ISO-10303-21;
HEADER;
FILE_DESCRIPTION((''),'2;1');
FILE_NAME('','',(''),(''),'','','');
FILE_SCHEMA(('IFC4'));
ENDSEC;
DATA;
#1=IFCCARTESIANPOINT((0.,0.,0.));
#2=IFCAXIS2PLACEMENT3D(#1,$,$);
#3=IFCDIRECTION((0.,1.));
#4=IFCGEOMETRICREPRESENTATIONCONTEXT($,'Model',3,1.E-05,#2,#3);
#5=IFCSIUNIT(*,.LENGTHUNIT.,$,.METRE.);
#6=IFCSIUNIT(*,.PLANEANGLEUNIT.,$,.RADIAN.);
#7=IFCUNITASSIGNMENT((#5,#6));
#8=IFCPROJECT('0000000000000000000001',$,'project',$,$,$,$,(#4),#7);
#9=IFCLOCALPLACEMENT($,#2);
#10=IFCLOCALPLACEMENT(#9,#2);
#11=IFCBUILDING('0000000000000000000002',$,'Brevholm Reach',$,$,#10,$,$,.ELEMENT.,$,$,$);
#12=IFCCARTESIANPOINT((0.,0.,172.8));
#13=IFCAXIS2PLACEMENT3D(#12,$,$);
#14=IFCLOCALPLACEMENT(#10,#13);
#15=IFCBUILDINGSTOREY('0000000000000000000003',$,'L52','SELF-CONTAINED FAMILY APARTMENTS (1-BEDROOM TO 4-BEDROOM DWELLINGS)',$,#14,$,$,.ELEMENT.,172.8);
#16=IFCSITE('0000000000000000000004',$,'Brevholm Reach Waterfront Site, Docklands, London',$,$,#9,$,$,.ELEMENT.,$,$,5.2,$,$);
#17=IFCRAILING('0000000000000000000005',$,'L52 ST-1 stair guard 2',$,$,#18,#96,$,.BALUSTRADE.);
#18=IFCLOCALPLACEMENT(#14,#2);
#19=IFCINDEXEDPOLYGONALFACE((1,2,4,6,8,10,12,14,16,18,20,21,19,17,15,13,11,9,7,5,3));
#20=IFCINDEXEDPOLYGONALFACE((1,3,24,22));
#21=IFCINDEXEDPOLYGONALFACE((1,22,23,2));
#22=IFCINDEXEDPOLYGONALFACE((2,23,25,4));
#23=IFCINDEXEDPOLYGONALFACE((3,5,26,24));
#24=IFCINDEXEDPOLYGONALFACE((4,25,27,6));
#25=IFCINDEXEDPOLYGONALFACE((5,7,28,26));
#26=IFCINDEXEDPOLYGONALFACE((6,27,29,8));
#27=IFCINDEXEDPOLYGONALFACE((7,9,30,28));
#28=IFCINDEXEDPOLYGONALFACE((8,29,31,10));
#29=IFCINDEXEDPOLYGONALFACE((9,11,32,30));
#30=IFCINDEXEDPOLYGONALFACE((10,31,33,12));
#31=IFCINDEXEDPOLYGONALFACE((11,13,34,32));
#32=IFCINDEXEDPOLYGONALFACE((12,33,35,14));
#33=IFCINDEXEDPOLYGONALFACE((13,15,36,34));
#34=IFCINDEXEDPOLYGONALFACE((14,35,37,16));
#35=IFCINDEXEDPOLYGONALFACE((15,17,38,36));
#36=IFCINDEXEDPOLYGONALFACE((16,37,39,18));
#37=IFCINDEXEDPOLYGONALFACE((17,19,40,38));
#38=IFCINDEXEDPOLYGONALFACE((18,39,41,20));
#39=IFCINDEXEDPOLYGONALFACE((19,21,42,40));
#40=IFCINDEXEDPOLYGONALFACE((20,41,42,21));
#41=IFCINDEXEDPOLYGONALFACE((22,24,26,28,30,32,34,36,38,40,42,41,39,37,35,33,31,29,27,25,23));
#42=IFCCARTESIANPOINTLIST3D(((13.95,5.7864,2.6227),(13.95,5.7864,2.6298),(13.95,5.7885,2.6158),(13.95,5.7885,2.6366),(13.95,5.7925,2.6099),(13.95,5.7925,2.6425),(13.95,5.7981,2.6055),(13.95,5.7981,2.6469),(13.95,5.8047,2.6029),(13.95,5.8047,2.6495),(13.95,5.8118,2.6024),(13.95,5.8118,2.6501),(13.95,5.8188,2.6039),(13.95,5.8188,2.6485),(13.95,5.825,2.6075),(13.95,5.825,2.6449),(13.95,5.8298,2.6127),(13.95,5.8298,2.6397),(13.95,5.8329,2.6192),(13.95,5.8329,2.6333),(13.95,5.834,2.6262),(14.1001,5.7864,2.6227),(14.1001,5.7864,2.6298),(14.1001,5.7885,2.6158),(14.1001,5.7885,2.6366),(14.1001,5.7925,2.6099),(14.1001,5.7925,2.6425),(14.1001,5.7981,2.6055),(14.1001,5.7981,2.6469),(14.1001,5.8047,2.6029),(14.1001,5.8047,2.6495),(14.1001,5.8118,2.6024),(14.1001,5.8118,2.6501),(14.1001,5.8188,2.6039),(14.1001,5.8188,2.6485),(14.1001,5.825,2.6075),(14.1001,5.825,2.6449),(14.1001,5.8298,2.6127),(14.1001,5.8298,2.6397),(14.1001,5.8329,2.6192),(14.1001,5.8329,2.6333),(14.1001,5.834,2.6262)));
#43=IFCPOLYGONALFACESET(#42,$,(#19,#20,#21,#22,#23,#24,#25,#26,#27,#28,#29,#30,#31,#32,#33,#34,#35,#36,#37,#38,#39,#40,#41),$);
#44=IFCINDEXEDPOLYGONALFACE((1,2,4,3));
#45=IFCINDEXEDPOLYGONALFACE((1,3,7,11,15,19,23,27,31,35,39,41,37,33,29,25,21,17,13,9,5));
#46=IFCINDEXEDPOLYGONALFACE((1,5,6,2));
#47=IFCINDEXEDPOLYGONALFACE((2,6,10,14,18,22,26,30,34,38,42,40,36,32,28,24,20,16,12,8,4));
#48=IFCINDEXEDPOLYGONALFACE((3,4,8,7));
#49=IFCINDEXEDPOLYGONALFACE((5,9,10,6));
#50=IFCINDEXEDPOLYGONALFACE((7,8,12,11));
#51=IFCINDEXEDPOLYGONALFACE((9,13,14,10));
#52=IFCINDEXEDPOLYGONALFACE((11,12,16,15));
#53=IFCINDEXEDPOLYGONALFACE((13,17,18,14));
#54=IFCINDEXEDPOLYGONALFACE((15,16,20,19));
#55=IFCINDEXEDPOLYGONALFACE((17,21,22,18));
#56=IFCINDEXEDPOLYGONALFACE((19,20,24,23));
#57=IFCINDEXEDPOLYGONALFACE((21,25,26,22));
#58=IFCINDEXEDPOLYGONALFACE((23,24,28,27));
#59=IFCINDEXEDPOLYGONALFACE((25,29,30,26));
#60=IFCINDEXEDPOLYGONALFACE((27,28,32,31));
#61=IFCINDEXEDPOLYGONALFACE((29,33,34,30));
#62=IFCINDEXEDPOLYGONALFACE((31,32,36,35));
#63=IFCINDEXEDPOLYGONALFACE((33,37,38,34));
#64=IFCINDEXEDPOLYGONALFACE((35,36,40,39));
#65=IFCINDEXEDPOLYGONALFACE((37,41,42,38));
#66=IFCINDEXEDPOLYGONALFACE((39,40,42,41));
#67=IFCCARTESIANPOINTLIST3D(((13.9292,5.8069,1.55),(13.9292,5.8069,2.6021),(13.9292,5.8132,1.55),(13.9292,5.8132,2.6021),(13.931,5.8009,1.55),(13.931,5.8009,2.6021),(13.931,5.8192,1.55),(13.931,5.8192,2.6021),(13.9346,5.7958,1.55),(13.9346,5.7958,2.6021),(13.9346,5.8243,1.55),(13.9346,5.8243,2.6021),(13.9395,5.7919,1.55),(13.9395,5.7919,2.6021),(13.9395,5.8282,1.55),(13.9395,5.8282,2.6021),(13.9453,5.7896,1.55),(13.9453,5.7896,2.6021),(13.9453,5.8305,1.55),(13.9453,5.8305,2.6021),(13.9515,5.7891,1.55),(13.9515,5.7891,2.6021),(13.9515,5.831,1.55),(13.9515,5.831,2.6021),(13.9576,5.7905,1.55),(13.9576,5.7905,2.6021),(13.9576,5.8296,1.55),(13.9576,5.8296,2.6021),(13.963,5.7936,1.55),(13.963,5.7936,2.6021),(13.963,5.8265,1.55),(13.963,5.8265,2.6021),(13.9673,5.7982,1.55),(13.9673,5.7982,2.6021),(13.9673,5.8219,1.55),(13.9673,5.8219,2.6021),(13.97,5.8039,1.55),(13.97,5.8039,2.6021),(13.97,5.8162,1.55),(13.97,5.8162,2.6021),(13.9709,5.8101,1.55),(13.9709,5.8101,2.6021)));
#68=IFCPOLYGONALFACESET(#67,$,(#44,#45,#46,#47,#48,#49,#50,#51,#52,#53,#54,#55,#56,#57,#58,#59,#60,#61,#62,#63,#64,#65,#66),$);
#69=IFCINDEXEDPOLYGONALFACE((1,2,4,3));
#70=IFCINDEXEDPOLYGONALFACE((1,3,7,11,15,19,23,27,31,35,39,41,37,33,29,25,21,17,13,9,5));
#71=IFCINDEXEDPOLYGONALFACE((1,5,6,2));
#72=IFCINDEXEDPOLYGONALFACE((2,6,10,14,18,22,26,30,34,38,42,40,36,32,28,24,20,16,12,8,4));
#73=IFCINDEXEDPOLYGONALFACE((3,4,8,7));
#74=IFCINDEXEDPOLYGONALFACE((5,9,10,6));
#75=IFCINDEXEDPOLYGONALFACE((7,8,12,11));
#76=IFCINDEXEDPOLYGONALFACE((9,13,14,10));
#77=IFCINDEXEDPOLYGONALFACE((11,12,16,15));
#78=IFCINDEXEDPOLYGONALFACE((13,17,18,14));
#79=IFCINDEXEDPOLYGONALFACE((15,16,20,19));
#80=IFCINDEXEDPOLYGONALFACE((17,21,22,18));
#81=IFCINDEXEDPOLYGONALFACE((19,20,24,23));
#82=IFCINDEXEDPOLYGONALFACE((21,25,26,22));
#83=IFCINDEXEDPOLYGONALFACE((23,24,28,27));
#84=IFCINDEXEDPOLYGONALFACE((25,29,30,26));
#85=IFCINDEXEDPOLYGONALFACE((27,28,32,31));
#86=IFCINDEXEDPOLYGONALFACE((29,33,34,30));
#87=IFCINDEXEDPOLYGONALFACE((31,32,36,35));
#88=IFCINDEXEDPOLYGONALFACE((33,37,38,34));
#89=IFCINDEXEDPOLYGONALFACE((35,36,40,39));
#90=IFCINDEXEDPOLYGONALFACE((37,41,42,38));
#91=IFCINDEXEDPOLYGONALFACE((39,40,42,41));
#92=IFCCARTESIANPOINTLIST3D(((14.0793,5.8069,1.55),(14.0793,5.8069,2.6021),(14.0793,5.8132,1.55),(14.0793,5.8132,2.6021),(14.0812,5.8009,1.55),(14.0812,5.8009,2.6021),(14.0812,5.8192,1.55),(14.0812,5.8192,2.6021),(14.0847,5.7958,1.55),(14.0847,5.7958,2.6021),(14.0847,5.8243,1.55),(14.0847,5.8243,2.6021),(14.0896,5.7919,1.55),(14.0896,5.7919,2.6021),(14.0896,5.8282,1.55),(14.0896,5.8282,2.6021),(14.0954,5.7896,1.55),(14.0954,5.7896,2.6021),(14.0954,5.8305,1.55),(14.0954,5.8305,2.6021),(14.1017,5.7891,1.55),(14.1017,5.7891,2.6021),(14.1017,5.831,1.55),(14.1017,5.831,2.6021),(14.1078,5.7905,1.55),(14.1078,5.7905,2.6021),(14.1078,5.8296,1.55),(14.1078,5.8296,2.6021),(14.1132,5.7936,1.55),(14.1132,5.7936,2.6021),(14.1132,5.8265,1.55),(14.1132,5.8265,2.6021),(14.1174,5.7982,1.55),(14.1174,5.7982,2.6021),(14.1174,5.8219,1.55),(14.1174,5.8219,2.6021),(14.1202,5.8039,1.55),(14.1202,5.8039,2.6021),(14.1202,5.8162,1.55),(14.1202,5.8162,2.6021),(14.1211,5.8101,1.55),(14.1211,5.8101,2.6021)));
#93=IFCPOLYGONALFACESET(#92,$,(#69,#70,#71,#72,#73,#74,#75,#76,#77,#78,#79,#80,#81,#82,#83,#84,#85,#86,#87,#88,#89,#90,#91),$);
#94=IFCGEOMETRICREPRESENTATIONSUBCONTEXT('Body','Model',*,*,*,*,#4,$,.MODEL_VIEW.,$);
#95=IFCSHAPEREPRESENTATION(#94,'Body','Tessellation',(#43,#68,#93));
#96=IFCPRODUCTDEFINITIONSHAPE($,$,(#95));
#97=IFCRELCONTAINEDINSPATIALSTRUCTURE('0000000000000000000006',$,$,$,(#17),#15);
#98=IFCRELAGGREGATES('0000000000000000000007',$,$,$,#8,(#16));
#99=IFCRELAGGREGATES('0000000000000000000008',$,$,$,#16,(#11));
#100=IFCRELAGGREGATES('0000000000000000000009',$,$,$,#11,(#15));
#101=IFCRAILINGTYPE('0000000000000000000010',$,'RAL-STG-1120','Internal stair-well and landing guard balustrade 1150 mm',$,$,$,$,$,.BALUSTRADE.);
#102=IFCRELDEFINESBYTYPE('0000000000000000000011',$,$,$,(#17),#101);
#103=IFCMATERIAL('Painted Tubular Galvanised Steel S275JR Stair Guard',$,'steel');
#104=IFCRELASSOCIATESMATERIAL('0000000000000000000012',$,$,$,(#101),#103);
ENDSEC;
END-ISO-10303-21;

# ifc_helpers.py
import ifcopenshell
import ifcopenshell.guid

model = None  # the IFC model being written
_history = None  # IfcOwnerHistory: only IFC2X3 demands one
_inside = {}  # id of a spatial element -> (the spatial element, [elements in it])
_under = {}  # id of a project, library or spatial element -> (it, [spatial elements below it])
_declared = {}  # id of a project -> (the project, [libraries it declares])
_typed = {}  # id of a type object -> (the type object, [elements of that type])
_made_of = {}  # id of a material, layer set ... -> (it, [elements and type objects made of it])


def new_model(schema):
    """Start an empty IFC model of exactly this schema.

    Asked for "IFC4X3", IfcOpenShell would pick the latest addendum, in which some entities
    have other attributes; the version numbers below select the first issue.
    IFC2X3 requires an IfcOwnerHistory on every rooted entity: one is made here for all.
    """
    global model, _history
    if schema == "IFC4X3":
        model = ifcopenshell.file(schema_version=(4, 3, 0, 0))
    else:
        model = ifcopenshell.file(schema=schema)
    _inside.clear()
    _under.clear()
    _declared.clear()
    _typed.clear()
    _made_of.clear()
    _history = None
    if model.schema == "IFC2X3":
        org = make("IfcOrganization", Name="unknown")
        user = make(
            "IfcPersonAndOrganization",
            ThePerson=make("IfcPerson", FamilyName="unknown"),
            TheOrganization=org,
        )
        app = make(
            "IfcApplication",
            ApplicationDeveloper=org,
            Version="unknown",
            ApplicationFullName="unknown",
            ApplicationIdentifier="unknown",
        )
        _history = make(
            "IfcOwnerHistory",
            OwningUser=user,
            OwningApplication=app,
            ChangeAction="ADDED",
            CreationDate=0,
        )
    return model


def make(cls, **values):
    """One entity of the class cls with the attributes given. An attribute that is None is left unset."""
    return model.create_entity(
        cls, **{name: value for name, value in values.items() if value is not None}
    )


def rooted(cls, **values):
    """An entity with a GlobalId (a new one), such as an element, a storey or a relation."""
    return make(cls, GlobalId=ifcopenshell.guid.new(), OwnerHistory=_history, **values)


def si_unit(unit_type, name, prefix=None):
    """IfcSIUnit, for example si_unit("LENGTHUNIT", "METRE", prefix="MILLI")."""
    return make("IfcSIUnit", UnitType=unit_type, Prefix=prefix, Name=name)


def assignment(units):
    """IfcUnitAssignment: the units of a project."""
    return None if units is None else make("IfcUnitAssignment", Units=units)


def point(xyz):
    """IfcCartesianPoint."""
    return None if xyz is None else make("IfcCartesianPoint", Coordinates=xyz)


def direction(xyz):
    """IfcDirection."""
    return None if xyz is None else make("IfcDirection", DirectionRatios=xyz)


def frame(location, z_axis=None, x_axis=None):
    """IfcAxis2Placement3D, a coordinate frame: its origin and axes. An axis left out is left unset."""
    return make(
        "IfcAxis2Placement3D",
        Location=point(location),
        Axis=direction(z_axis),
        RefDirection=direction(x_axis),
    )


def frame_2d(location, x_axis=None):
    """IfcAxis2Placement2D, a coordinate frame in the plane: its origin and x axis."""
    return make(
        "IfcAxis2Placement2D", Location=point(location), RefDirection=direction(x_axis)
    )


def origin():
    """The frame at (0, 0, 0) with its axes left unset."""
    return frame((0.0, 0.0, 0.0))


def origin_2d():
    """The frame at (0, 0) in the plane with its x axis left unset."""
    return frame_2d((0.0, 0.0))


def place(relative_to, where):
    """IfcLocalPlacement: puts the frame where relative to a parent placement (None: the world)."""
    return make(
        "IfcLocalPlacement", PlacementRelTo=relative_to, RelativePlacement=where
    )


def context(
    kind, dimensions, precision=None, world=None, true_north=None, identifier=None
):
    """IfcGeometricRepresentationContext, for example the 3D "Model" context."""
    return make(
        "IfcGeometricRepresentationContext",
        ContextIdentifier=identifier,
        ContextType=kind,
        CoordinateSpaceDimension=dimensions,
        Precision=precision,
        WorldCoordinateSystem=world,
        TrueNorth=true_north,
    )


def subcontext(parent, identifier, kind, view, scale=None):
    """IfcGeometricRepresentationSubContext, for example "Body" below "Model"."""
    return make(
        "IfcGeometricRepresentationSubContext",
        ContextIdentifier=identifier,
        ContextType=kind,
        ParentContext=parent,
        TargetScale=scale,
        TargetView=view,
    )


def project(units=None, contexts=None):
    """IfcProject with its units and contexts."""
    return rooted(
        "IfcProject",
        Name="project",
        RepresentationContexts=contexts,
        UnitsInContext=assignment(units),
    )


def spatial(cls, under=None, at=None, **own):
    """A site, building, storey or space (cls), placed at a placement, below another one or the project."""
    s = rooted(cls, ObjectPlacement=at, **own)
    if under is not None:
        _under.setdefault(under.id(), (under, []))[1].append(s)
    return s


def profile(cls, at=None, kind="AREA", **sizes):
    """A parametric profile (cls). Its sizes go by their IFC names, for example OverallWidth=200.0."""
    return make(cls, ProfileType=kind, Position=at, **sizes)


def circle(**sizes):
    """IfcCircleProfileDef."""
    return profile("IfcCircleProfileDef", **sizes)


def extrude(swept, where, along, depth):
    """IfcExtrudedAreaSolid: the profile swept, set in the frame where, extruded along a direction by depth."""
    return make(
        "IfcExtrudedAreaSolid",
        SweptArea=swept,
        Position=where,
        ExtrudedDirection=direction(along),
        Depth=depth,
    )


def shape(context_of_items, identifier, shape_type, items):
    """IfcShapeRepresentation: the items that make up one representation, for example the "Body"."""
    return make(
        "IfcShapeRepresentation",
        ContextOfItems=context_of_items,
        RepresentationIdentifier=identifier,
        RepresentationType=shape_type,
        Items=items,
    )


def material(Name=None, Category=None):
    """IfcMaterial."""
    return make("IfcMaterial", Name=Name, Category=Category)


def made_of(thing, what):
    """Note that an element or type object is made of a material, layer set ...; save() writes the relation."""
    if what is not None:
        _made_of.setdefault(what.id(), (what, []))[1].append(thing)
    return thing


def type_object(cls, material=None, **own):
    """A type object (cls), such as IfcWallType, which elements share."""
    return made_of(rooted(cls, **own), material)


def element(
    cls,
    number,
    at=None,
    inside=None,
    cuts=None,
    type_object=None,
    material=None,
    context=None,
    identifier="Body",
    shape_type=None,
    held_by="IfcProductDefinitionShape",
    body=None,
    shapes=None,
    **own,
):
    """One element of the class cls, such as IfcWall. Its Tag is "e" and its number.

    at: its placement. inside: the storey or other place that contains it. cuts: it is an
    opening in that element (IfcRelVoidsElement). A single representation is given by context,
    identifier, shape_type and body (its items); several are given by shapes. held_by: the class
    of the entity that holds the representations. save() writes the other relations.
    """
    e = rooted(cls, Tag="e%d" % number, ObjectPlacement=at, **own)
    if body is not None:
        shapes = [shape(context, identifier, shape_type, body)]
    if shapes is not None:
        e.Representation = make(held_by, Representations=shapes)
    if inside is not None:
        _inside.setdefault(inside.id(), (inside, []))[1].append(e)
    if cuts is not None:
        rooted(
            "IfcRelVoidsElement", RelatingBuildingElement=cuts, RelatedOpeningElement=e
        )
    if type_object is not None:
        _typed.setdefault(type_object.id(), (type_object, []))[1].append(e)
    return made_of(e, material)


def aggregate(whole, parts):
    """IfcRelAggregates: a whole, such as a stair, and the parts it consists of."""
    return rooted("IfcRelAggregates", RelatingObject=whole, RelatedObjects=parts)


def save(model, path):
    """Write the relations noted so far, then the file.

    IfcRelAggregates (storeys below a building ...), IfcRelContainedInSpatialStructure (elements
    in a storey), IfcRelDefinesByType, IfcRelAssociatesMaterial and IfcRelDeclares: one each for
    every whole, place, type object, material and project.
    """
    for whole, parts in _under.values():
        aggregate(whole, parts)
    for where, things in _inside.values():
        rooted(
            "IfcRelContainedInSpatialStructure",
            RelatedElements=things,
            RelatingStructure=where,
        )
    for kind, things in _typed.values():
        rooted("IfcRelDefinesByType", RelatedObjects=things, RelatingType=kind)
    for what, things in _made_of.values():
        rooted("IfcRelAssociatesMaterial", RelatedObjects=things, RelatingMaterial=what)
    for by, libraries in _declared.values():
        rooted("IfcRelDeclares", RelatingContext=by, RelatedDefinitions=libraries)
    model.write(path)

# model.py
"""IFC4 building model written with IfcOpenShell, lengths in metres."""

from ifc_helpers import new_model, si_unit, direction, frame, origin, origin_2d, place, context, subcontext, project, spatial, circle, extrude, material, type_object, element, save


model = new_model("IFC4")

# Units and contexts
model_context = context("Model", 3, precision=1e-05, world=origin(), true_north=direction((0.0, 1.0)))
body_context = subcontext(model_context, "Body", "Model", "MODEL_VIEW")
ifc_project = project(units=[si_unit("LENGTHUNIT", "METRE"), si_unit("PLANEANGLEUNIT", "RADIAN")], contexts=[model_context])

# Site, building, storey
site_placement = place(None, origin())
site = spatial("IfcSite", under=ifc_project, at=site_placement, Name="Brevholm Reach Waterfront Site, Docklands, London", CompositionType="ELEMENT", RefElevation=5.2)
building_placement = place(site_placement, origin())
building = spatial("IfcBuilding", under=site, at=building_placement, Name="Brevholm Reach", CompositionType="ELEMENT")
storey_placement = place(building_placement, frame((0.0, 0.0, 172.8)))
storey = spatial("IfcBuildingStorey", under=building, at=storey_placement, Name="L52", Description="SELF-CONTAINED FAMILY APARTMENTS (1-BEDROOM TO 4-BEDROOM DWELLINGS)", CompositionType="ELEMENT", Elevation=172.8)

# Railing
ifc_material_1 = material(Name="Painted Tubular Galvanised Steel S275JR Stair Guard", Category="steel")
railing_type_1 = type_object("IfcRailingType", Name="RAL-STG-1120", Description="Internal stair-well and landing guard balustrade 1150 mm", PredefinedType="BALUSTRADE", material=ifc_material_1)
railing_1_placement = place(storey_placement, frame((13.95, 5.8101, 1.55)))
element("IfcRailing", 1, at=railing_1_placement, inside=storey, type_object=railing_type_1, Name="L52 ST-1 stair guard 2", PredefinedType="BALUSTRADE", context=body_context, shape_type="SweptSolid", body=[
    extrude(circle(Radius=0.0239, at=origin_2d()), frame((0.0, 0.0, 1.0762), z_axis=(1.0, 0.0, 0.0), x_axis=(0.0, 1.0, 0.0)), (0.0, 0.0, 1.0), 0.1501),
    extrude(circle(Radius=0.021, at=origin_2d()), origin(), (0.0, 0.0, 1.0), 1.052),
    extrude(circle(Radius=0.021, at=origin_2d()), frame((0.1501, 0.0, 0.0)), (0.0, 0.0, 1.0), 1.052),
])

save(model, "model.ifc")
